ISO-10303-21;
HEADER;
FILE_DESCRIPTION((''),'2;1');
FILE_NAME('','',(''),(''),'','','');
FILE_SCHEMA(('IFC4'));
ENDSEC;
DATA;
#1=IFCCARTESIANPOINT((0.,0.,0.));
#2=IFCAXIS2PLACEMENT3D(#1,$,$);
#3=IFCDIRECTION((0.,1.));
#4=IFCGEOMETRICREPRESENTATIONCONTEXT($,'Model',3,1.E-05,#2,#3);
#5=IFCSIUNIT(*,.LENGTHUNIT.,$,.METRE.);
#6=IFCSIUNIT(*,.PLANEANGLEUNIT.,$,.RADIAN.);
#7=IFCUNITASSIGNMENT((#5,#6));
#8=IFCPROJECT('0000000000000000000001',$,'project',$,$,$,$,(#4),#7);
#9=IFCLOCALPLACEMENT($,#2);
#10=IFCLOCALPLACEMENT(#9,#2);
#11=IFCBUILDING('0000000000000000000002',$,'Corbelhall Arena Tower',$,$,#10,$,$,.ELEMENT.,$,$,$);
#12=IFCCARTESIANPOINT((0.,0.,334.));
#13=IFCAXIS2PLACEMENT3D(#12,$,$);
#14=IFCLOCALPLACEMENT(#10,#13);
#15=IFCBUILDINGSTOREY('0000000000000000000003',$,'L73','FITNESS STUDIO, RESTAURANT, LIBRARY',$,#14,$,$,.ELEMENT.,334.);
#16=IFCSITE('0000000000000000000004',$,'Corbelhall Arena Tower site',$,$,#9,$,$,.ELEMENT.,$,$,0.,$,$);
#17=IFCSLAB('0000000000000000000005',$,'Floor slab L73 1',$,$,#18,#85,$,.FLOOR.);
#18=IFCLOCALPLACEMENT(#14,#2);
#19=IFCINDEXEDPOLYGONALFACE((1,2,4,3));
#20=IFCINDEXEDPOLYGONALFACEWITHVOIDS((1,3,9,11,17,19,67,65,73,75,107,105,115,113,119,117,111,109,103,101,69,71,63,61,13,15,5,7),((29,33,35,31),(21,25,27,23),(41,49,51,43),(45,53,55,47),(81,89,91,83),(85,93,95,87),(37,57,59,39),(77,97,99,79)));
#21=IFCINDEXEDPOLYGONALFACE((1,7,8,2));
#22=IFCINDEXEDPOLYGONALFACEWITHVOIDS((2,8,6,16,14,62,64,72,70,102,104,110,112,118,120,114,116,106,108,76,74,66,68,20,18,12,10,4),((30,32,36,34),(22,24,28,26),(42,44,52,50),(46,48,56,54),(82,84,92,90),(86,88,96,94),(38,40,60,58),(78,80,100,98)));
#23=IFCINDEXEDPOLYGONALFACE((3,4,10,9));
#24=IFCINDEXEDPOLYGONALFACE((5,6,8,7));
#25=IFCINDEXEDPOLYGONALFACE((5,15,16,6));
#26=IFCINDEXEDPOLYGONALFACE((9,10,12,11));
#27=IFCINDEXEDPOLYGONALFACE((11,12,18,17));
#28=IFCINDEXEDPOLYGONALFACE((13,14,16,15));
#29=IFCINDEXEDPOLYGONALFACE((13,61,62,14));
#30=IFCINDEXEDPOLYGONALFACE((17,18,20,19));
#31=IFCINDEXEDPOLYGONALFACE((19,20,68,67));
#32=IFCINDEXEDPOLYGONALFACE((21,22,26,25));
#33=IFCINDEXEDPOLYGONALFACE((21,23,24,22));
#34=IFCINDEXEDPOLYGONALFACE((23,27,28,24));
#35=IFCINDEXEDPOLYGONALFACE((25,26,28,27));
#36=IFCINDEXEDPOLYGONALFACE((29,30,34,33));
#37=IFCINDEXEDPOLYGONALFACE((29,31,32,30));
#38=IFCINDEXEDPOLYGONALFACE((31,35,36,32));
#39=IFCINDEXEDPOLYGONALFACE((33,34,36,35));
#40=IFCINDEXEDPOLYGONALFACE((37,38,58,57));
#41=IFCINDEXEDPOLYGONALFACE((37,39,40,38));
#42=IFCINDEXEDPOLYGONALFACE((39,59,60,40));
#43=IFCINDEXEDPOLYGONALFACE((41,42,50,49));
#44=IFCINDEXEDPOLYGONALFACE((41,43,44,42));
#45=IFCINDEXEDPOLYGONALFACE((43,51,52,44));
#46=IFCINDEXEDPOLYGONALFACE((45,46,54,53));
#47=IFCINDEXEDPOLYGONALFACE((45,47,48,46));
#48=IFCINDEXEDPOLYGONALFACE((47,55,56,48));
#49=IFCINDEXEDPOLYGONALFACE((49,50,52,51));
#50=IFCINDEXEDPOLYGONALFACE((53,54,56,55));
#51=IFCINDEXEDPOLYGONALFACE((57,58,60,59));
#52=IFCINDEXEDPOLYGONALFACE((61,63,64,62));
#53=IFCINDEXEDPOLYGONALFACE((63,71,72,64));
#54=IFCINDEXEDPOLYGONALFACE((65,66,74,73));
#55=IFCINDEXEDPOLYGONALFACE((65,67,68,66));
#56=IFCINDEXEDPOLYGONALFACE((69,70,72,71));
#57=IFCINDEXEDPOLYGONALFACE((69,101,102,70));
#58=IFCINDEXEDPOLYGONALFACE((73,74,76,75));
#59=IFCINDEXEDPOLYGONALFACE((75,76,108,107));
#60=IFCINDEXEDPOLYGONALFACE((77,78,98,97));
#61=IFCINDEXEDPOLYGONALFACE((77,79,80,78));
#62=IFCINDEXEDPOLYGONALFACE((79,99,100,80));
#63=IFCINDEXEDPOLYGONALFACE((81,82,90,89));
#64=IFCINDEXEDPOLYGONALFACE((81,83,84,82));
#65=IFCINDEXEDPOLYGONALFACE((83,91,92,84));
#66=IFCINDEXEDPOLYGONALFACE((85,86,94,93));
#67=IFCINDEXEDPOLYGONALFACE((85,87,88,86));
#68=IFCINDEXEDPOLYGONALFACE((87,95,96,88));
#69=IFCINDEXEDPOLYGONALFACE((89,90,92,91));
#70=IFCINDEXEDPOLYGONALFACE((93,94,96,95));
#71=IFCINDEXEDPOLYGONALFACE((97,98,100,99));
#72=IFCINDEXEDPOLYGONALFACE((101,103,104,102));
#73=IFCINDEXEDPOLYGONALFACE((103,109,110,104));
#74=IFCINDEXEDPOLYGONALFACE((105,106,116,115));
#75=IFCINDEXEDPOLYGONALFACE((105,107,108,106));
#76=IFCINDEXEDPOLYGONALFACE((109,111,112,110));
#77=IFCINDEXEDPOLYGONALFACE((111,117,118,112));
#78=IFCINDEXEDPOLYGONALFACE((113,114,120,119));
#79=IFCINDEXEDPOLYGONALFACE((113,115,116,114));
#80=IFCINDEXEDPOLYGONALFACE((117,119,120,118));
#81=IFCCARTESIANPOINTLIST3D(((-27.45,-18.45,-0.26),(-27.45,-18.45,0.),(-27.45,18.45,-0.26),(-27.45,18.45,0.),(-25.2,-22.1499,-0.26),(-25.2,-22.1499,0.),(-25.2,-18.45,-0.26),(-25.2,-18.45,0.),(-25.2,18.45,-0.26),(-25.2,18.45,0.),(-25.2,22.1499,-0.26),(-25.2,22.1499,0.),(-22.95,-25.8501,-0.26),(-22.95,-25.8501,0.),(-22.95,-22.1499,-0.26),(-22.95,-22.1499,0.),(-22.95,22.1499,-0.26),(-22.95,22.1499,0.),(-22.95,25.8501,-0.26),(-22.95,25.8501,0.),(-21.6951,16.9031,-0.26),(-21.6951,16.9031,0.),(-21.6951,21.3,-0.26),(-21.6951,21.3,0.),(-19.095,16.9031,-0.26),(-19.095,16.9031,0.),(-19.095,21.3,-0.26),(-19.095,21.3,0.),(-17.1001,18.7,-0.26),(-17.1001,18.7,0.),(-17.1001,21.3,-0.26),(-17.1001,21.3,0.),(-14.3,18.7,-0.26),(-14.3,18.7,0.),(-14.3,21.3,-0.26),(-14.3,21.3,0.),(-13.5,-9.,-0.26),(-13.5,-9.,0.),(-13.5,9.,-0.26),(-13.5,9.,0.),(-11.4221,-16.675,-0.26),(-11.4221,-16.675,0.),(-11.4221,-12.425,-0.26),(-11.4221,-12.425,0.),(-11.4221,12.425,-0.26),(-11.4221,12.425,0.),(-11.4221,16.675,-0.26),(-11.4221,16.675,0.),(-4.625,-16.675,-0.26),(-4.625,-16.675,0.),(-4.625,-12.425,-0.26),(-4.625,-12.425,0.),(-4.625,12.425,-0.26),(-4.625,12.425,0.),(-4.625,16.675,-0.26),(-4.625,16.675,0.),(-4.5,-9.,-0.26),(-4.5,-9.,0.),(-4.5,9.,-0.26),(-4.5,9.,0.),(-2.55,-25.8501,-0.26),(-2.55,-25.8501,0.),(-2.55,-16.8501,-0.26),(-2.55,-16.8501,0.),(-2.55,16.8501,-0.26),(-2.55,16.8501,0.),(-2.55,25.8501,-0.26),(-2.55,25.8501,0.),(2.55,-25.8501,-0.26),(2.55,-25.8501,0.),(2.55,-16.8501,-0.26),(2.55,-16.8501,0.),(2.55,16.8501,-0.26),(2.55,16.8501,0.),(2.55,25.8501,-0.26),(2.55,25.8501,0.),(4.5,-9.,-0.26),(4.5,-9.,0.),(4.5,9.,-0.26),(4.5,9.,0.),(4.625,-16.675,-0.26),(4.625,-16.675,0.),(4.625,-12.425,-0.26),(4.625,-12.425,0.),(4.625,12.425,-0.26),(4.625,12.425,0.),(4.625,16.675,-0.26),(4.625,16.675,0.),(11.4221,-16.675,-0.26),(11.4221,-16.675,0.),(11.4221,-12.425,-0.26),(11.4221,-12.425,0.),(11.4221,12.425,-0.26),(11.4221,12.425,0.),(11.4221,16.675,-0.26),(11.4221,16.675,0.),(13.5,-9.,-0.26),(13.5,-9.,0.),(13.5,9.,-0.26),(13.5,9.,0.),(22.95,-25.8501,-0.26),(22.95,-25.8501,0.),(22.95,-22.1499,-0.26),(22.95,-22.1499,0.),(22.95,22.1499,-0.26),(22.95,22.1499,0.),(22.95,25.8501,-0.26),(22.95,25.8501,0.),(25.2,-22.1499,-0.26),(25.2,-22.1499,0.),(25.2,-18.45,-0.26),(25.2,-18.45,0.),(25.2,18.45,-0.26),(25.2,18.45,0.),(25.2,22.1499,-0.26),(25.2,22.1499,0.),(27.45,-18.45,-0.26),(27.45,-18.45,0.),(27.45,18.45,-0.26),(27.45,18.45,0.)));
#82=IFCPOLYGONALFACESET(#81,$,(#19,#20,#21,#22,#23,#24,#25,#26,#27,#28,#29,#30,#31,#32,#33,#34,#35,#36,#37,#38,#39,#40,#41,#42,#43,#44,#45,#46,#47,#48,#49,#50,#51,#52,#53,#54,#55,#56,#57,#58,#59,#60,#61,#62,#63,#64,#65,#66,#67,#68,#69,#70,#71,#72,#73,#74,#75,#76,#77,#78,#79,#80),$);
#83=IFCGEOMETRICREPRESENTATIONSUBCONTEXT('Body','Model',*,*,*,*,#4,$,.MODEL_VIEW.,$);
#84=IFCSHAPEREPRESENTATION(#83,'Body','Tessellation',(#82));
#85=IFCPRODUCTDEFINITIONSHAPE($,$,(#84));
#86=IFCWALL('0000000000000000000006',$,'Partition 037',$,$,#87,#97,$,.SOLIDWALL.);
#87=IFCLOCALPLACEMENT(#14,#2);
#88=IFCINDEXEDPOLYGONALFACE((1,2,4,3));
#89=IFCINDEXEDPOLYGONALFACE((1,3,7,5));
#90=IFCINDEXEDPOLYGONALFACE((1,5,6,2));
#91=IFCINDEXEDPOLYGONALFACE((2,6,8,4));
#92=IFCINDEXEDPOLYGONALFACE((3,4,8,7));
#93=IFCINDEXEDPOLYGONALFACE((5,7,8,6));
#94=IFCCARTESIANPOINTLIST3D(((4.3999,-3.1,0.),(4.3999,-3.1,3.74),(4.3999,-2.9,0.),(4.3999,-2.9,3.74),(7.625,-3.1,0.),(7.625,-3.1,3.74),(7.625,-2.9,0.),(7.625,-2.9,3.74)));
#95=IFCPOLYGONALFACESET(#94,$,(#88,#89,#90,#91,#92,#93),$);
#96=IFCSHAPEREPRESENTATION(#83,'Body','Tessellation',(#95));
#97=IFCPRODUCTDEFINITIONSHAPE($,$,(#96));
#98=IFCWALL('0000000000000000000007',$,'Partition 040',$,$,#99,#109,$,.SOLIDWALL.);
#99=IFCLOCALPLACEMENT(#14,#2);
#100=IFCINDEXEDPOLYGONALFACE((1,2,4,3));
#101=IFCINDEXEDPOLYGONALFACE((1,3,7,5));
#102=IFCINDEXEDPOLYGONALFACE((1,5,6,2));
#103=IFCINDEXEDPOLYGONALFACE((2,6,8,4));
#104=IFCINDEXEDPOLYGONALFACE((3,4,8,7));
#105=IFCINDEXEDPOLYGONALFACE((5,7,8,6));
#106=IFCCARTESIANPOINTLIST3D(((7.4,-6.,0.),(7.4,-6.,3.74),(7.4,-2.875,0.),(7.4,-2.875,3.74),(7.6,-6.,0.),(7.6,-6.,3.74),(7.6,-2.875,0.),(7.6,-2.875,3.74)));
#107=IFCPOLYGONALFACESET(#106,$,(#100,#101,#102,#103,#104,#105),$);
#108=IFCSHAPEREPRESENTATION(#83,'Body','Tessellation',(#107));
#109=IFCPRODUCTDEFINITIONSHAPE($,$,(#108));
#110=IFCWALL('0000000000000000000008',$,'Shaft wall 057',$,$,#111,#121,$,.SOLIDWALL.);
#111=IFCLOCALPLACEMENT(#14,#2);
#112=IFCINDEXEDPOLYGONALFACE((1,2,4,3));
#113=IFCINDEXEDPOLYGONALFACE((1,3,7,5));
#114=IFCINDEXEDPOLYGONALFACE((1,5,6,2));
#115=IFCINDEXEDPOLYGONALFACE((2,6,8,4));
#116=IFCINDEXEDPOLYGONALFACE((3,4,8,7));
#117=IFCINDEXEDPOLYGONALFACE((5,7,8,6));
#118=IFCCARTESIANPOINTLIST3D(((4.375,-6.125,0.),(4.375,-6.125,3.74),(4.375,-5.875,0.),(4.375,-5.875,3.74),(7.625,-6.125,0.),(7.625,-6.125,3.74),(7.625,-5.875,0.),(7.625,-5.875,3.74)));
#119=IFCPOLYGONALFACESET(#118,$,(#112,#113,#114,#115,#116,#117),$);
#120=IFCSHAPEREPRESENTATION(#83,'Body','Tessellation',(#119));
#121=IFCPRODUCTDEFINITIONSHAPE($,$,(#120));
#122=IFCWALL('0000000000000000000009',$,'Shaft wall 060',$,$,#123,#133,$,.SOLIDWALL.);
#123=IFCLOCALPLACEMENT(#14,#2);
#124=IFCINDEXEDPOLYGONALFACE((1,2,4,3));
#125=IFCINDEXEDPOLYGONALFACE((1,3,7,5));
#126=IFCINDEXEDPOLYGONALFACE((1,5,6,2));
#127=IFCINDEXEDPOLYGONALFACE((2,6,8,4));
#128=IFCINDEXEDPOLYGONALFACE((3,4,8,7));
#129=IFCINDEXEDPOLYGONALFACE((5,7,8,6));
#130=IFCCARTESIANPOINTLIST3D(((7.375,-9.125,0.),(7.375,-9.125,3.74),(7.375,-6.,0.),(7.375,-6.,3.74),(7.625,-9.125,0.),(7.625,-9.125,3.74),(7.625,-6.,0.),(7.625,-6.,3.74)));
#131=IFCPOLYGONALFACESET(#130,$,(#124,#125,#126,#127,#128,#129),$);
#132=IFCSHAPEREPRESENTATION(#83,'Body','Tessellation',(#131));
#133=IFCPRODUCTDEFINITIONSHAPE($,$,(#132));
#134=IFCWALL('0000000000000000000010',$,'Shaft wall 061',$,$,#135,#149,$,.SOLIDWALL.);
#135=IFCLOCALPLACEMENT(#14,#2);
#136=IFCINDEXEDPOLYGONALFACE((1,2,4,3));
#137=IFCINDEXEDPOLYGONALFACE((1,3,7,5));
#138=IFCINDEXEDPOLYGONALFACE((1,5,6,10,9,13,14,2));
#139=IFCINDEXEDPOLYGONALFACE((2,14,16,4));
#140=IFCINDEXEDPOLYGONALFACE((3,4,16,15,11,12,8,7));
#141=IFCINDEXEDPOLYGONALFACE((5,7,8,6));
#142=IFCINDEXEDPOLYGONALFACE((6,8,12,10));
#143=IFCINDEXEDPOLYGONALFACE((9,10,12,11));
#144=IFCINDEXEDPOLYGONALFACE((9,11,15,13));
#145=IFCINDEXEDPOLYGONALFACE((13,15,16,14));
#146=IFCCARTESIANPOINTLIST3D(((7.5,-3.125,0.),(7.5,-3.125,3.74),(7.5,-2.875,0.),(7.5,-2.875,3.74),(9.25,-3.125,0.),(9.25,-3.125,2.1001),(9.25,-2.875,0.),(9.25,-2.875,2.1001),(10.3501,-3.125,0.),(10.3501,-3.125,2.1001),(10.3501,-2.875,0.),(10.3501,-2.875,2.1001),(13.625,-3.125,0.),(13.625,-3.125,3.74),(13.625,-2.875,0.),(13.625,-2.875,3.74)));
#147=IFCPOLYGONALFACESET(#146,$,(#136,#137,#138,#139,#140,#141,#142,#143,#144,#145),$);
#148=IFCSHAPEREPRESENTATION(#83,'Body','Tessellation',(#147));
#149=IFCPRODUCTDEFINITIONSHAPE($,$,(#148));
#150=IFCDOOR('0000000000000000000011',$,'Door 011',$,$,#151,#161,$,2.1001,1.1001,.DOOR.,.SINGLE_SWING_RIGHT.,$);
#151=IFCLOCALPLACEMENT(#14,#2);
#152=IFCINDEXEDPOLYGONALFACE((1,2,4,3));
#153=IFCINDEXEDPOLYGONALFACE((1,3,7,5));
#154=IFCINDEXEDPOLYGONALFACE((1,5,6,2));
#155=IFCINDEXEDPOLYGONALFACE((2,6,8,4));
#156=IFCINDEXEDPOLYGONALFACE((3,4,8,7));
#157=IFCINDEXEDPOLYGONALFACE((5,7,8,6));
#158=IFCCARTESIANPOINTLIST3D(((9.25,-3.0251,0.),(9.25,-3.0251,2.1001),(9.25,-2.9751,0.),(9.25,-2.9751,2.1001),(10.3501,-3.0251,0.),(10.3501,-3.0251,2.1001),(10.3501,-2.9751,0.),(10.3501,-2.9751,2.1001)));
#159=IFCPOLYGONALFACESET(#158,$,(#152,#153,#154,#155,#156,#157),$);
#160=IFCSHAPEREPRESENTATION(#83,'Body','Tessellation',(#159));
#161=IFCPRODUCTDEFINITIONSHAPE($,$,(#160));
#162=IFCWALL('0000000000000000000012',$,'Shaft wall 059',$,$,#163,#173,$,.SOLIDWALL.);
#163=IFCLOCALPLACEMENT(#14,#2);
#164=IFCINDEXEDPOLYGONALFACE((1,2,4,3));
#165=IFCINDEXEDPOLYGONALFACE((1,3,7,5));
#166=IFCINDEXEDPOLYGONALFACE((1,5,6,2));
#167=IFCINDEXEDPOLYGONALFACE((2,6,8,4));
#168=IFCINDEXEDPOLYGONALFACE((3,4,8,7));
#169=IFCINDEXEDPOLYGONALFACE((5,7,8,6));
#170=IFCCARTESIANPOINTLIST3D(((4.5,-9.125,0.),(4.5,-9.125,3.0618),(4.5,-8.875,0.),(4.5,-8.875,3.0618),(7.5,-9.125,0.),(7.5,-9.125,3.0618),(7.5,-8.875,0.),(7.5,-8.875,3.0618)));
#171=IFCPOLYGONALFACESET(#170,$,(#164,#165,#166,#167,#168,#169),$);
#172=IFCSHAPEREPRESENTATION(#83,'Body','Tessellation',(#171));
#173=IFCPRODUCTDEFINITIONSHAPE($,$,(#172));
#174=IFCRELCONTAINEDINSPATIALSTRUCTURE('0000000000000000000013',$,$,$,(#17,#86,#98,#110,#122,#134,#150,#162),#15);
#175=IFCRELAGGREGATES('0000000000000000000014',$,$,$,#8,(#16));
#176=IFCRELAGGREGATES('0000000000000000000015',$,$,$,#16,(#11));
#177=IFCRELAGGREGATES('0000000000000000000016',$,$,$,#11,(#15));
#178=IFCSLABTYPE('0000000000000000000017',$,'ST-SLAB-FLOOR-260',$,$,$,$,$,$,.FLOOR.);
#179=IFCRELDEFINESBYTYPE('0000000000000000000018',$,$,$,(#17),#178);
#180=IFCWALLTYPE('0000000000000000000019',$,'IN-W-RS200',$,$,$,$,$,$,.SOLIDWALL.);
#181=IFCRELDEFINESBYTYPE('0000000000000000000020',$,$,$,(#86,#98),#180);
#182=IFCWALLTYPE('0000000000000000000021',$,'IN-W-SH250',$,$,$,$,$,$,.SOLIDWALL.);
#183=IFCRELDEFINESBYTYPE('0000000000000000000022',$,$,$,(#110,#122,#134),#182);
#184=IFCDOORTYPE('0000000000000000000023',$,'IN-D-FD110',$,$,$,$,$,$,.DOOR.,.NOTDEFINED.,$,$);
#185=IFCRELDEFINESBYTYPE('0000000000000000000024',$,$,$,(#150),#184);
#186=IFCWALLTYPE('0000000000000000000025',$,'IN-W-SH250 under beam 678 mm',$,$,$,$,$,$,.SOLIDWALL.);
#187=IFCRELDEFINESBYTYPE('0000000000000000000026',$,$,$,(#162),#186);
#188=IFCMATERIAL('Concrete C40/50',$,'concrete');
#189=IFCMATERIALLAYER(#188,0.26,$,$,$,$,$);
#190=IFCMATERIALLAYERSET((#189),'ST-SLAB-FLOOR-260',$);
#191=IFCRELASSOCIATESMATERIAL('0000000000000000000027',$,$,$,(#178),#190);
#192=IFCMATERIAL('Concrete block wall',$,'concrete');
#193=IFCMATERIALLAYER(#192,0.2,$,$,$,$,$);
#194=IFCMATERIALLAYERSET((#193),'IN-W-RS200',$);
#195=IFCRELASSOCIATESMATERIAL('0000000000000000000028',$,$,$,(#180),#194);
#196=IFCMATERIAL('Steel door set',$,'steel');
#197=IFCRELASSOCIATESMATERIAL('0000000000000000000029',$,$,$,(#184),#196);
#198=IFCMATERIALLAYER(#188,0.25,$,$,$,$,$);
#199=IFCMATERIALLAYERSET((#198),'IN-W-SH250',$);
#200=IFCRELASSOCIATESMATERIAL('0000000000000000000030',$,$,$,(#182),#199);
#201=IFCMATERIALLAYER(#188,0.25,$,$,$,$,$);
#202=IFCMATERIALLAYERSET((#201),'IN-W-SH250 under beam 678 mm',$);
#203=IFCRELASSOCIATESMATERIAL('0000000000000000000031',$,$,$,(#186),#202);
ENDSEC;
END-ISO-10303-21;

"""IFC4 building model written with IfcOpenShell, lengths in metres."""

from ifc_helpers import new_model, si_unit, direction, frame, frame_2d, origin, place, context, subcontext, project, spatial, polyline, rectangle, outline, extrude, material, layer, layer_set, type_object, element, fill, save


model = new_model("IFC4")

# Units and contexts
model_context = context("Model", 3, precision=1e-05, world=origin(), true_north=direction((0.0, 1.0)))
body_context = subcontext(model_context, "Body", "Model", "MODEL_VIEW")
ifc_project = project(units=[si_unit("LENGTHUNIT", "METRE"), si_unit("PLANEANGLEUNIT", "RADIAN")], contexts=[model_context])

# Site, building, storey
site_placement = place(None, origin())
site = spatial("IfcSite", under=ifc_project, at=site_placement, Name="Corbelhall Arena Tower site", CompositionType="ELEMENT", RefElevation=0.0)
building_placement = place(site_placement, origin())
building = spatial("IfcBuilding", under=site, at=building_placement, Name="Corbelhall Arena Tower", CompositionType="ELEMENT")
storey_placement = place(building_placement, frame((0.0, 0.0, 334.0)))
storey = spatial("IfcBuildingStorey", under=building, at=storey_placement, Name="L73", Description="FITNESS STUDIO, RESTAURANT, LIBRARY", CompositionType="ELEMENT", Elevation=334.0)

# Shared definitions
ifc_material_1 = material(Name="Concrete C40/50", Category="concrete")

# Slab
ifc_layer_1 = layer(ifc_material_1, 0.26)
ifc_layer_set_1 = layer_set([ifc_layer_1], Name="ST-SLAB-FLOOR-260")
slab_type_1 = type_object("IfcSlabType", Name="ST-SLAB-FLOOR-260", PredefinedType="FLOOR", material=ifc_layer_set_1)
slab_1_placement = place(storey_placement, frame((0.0, 0.0, -0.26)))
element("IfcSlab", 1, at=slab_1_placement, inside=storey, type_object=slab_type_1, Name="Floor slab L73 1", PredefinedType="FLOOR", context=body_context, shape_type="SweptSolid", body=[
    extrude(outline(polyline([(22.95, 25.8501), (2.55, 25.8501), (2.55, 16.8501), (-2.55, 16.8501), (-2.55, 25.8501), (-22.95, 25.8501), (-22.95, 22.1499), (-25.2, 22.1499), (-25.2, 18.45), (-27.45, 18.45), (-27.45, -18.45), (-25.2, -18.45), (-25.2, -22.1499), (-22.95, -22.1499), (-22.95, -25.8501), (-2.55, -25.8501), (-2.55, -16.8501), (2.55, -16.8501), (2.55, -25.8501), (22.95, -25.8501), (22.95, -22.1499), (25.2, -22.1499), (25.2, -18.45), (27.45, -18.45), (27.45, 18.45), (25.2, 18.45), (25.2, 22.1499), (22.95, 22.1499), (22.95, 25.8501)]), holes=[polyline([(-13.5, 9.0), (-13.5, -9.0), (-4.5, -9.0), (-4.5, 9.0), (-13.5, 9.0)]), polyline([(4.5, 9.0), (4.5, -9.0), (13.5, -9.0), (13.5, 9.0), (4.5, 9.0)]), polyline([(-4.625, 16.675), (-11.4221, 16.675), (-11.4221, 12.425), (-4.625, 12.425), (-4.625, 16.675)]), polyline([(-4.625, -16.675), (-4.625, -12.425), (-11.4221, -12.425), (-11.4221, -16.675), (-4.625, -16.675)]), polyline([(11.4221, 16.675), (4.625, 16.675), (4.625, 12.425), (11.4221, 12.425), (11.4221, 16.675)]), polyline([(11.4221, -16.675), (11.4221, -12.425), (4.625, -12.425), (4.625, -16.675), (11.4221, -16.675)]), polyline([(-21.6951, 21.3), (-21.6951, 16.9031), (-19.095, 16.9031), (-19.095, 21.3), (-21.6951, 21.3)]), polyline([(-14.3, 21.3), (-17.1001, 21.3), (-17.1001, 18.7), (-14.3, 18.7), (-14.3, 21.3)])]), origin(), (0.0, 0.0, 1.0), 0.26),
])

# Walls
ifc_material_2 = material(Name="Concrete block wall", Category="concrete")
ifc_layer_2 = layer(ifc_material_2, 0.2)
ifc_layer_set_2 = layer_set([ifc_layer_2], Name="IN-W-RS200")
wall_type_1 = type_object("IfcWallType", Name="IN-W-RS200", PredefinedType="SOLIDWALL", material=ifc_layer_set_2)
wall_1_placement = place(storey_placement, frame((4.3999, -3.0, 0.0), z_axis=(0.0, 0.0, 1.0), x_axis=(1.0, 0.0, 0.0)))
element("IfcWall", 2, at=wall_1_placement, inside=storey, type_object=wall_type_1, Name="Partition 037", PredefinedType="SOLIDWALL", context=body_context, shape_type="SweptSolid", body=[
    extrude(rectangle(XDim=3.2251, YDim=0.2, at=frame_2d((1.6125, 0.0))), origin(), (0.0, 0.0, 1.0), 3.74),
])
wall_2_placement = place(storey_placement, frame((7.5, -2.875, 0.0), z_axis=(0.0, 0.0, 1.0), x_axis=(0.0, -1.0, 0.0)))
element("IfcWall", 3, at=wall_2_placement, inside=storey, type_object=wall_type_1, Name="Partition 040", PredefinedType="SOLIDWALL", context=body_context, shape_type="SweptSolid", body=[
    extrude(rectangle(XDim=3.125, YDim=0.2, at=frame_2d((1.5625, 0.0))), origin(), (0.0, 0.0, 1.0), 3.74),
])

# Shared definitions
ifc_material_3 = material(Name="Steel door set", Category="steel")
door_type_1 = type_object("IfcDoorType", Name="IN-D-FD110", OperationType="NOTDEFINED", PredefinedType="DOOR", material=ifc_material_3)

# Walls
ifc_layer_3 = layer(ifc_material_1, 0.25)
ifc_layer_set_3 = layer_set([ifc_layer_3], Name="IN-W-SH250")
wall_type_2 = type_object("IfcWallType", Name="IN-W-SH250", PredefinedType="SOLIDWALL", material=ifc_layer_set_3)
wall_3_placement = place(storey_placement, frame((4.375, -6.0, 0.0), z_axis=(0.0, 0.0, 1.0), x_axis=(1.0, 0.0, 0.0)))
element("IfcWall", 4, at=wall_3_placement, inside=storey, type_object=wall_type_2, Name="Shaft wall 057", PredefinedType="SOLIDWALL", context=body_context, shape_type="SweptSolid", body=[
    extrude(rectangle(XDim=3.25, YDim=0.25, at=frame_2d((1.625, 0.0))), origin(), (0.0, 0.0, 1.0), 3.74),
])
wall_4_placement = place(storey_placement, frame((7.5, -6.0, 0.0), z_axis=(0.0, 0.0, 1.0), x_axis=(0.0, -1.0, 0.0)))
element("IfcWall", 5, at=wall_4_placement, inside=storey, type_object=wall_type_2, Name="Shaft wall 060", PredefinedType="SOLIDWALL", context=body_context, shape_type="SweptSolid", body=[
    extrude(rectangle(XDim=3.125, YDim=0.25, at=frame_2d((1.5625, 0.0))), origin(), (0.0, 0.0, 1.0), 3.74),
])

# Wall, opening, door
wall_5_placement = place(storey_placement, frame((7.5, -3.0, 0.0), z_axis=(0.0, 0.0, 1.0), x_axis=(1.0, 0.0, 0.0)))
wall_5 = element("IfcWall", 6, at=wall_5_placement, inside=storey, type_object=wall_type_2, Name="Shaft wall 061", PredefinedType="SOLIDWALL", context=body_context, shape_type="SweptSolid", body=[
    extrude(rectangle(XDim=6.125, YDim=0.25, at=frame_2d((3.0625, 0.0))), origin(), (0.0, 0.0, 1.0), 3.74),
])
opening_1_placement = place(wall_5_placement, frame((1.75, 0.0, 0.0)))
opening_1 = element("IfcOpeningElement", 7, at=opening_1_placement, cuts=wall_5, PredefinedType="OPENING", context=body_context, shape_type="SweptSolid", body=[
    extrude(rectangle(XDim=1.1001, YDim=2.1001, at=frame_2d((0.55, 1.05))), frame((0.0, 0.125, 0.0), z_axis=(0.0, -1.0, 0.0), x_axis=(1.0, 0.0, 0.0)), (0.0, 0.0, 1.0), 0.25),
])
door_1_placement = place(opening_1_placement, origin())
door_1 = element("IfcDoor", 8, at=door_1_placement, inside=storey, type_object=door_type_1, Name="Door 011", OperationType="SINGLE_SWING_RIGHT", OverallHeight=2.1001, OverallWidth=1.1001, PredefinedType="DOOR", context=body_context, shape_type="SweptSolid", body=[
    extrude(rectangle(XDim=1.1001, YDim=2.1001, at=frame_2d((0.55, 1.05))), frame((0.0, 0.0249, 0.0), z_axis=(0.0, -1.0, 0.0), x_axis=(1.0, 0.0, 0.0)), (0.0, 0.0, 1.0), 0.05),
])
fill(opening_1, door_1)

# Wall
ifc_layer_4 = layer(ifc_material_1, 0.25)
ifc_layer_set_4 = layer_set([ifc_layer_4], Name="IN-W-SH250 under beam 678 mm")
wall_type_3 = type_object("IfcWallType", Name="IN-W-SH250 under beam 678 mm", PredefinedType="SOLIDWALL", material=ifc_layer_set_4)
wall_6_placement = place(storey_placement, frame((7.5, -9.0, 0.0), z_axis=(0.0, 0.0, 1.0), x_axis=(-1.0, 0.0, 0.0)))
element("IfcWall", 9, at=wall_6_placement, inside=storey, type_object=wall_type_3, Name="Shaft wall 059", PredefinedType="SOLIDWALL", context=body_context, shape_type="SweptSolid", body=[
    extrude(rectangle(XDim=3.0, YDim=0.25, at=frame_2d((1.5, 0.0))), origin(), (0.0, 0.0, 1.0), 3.0618),
])

save(model, "model.ifc")
